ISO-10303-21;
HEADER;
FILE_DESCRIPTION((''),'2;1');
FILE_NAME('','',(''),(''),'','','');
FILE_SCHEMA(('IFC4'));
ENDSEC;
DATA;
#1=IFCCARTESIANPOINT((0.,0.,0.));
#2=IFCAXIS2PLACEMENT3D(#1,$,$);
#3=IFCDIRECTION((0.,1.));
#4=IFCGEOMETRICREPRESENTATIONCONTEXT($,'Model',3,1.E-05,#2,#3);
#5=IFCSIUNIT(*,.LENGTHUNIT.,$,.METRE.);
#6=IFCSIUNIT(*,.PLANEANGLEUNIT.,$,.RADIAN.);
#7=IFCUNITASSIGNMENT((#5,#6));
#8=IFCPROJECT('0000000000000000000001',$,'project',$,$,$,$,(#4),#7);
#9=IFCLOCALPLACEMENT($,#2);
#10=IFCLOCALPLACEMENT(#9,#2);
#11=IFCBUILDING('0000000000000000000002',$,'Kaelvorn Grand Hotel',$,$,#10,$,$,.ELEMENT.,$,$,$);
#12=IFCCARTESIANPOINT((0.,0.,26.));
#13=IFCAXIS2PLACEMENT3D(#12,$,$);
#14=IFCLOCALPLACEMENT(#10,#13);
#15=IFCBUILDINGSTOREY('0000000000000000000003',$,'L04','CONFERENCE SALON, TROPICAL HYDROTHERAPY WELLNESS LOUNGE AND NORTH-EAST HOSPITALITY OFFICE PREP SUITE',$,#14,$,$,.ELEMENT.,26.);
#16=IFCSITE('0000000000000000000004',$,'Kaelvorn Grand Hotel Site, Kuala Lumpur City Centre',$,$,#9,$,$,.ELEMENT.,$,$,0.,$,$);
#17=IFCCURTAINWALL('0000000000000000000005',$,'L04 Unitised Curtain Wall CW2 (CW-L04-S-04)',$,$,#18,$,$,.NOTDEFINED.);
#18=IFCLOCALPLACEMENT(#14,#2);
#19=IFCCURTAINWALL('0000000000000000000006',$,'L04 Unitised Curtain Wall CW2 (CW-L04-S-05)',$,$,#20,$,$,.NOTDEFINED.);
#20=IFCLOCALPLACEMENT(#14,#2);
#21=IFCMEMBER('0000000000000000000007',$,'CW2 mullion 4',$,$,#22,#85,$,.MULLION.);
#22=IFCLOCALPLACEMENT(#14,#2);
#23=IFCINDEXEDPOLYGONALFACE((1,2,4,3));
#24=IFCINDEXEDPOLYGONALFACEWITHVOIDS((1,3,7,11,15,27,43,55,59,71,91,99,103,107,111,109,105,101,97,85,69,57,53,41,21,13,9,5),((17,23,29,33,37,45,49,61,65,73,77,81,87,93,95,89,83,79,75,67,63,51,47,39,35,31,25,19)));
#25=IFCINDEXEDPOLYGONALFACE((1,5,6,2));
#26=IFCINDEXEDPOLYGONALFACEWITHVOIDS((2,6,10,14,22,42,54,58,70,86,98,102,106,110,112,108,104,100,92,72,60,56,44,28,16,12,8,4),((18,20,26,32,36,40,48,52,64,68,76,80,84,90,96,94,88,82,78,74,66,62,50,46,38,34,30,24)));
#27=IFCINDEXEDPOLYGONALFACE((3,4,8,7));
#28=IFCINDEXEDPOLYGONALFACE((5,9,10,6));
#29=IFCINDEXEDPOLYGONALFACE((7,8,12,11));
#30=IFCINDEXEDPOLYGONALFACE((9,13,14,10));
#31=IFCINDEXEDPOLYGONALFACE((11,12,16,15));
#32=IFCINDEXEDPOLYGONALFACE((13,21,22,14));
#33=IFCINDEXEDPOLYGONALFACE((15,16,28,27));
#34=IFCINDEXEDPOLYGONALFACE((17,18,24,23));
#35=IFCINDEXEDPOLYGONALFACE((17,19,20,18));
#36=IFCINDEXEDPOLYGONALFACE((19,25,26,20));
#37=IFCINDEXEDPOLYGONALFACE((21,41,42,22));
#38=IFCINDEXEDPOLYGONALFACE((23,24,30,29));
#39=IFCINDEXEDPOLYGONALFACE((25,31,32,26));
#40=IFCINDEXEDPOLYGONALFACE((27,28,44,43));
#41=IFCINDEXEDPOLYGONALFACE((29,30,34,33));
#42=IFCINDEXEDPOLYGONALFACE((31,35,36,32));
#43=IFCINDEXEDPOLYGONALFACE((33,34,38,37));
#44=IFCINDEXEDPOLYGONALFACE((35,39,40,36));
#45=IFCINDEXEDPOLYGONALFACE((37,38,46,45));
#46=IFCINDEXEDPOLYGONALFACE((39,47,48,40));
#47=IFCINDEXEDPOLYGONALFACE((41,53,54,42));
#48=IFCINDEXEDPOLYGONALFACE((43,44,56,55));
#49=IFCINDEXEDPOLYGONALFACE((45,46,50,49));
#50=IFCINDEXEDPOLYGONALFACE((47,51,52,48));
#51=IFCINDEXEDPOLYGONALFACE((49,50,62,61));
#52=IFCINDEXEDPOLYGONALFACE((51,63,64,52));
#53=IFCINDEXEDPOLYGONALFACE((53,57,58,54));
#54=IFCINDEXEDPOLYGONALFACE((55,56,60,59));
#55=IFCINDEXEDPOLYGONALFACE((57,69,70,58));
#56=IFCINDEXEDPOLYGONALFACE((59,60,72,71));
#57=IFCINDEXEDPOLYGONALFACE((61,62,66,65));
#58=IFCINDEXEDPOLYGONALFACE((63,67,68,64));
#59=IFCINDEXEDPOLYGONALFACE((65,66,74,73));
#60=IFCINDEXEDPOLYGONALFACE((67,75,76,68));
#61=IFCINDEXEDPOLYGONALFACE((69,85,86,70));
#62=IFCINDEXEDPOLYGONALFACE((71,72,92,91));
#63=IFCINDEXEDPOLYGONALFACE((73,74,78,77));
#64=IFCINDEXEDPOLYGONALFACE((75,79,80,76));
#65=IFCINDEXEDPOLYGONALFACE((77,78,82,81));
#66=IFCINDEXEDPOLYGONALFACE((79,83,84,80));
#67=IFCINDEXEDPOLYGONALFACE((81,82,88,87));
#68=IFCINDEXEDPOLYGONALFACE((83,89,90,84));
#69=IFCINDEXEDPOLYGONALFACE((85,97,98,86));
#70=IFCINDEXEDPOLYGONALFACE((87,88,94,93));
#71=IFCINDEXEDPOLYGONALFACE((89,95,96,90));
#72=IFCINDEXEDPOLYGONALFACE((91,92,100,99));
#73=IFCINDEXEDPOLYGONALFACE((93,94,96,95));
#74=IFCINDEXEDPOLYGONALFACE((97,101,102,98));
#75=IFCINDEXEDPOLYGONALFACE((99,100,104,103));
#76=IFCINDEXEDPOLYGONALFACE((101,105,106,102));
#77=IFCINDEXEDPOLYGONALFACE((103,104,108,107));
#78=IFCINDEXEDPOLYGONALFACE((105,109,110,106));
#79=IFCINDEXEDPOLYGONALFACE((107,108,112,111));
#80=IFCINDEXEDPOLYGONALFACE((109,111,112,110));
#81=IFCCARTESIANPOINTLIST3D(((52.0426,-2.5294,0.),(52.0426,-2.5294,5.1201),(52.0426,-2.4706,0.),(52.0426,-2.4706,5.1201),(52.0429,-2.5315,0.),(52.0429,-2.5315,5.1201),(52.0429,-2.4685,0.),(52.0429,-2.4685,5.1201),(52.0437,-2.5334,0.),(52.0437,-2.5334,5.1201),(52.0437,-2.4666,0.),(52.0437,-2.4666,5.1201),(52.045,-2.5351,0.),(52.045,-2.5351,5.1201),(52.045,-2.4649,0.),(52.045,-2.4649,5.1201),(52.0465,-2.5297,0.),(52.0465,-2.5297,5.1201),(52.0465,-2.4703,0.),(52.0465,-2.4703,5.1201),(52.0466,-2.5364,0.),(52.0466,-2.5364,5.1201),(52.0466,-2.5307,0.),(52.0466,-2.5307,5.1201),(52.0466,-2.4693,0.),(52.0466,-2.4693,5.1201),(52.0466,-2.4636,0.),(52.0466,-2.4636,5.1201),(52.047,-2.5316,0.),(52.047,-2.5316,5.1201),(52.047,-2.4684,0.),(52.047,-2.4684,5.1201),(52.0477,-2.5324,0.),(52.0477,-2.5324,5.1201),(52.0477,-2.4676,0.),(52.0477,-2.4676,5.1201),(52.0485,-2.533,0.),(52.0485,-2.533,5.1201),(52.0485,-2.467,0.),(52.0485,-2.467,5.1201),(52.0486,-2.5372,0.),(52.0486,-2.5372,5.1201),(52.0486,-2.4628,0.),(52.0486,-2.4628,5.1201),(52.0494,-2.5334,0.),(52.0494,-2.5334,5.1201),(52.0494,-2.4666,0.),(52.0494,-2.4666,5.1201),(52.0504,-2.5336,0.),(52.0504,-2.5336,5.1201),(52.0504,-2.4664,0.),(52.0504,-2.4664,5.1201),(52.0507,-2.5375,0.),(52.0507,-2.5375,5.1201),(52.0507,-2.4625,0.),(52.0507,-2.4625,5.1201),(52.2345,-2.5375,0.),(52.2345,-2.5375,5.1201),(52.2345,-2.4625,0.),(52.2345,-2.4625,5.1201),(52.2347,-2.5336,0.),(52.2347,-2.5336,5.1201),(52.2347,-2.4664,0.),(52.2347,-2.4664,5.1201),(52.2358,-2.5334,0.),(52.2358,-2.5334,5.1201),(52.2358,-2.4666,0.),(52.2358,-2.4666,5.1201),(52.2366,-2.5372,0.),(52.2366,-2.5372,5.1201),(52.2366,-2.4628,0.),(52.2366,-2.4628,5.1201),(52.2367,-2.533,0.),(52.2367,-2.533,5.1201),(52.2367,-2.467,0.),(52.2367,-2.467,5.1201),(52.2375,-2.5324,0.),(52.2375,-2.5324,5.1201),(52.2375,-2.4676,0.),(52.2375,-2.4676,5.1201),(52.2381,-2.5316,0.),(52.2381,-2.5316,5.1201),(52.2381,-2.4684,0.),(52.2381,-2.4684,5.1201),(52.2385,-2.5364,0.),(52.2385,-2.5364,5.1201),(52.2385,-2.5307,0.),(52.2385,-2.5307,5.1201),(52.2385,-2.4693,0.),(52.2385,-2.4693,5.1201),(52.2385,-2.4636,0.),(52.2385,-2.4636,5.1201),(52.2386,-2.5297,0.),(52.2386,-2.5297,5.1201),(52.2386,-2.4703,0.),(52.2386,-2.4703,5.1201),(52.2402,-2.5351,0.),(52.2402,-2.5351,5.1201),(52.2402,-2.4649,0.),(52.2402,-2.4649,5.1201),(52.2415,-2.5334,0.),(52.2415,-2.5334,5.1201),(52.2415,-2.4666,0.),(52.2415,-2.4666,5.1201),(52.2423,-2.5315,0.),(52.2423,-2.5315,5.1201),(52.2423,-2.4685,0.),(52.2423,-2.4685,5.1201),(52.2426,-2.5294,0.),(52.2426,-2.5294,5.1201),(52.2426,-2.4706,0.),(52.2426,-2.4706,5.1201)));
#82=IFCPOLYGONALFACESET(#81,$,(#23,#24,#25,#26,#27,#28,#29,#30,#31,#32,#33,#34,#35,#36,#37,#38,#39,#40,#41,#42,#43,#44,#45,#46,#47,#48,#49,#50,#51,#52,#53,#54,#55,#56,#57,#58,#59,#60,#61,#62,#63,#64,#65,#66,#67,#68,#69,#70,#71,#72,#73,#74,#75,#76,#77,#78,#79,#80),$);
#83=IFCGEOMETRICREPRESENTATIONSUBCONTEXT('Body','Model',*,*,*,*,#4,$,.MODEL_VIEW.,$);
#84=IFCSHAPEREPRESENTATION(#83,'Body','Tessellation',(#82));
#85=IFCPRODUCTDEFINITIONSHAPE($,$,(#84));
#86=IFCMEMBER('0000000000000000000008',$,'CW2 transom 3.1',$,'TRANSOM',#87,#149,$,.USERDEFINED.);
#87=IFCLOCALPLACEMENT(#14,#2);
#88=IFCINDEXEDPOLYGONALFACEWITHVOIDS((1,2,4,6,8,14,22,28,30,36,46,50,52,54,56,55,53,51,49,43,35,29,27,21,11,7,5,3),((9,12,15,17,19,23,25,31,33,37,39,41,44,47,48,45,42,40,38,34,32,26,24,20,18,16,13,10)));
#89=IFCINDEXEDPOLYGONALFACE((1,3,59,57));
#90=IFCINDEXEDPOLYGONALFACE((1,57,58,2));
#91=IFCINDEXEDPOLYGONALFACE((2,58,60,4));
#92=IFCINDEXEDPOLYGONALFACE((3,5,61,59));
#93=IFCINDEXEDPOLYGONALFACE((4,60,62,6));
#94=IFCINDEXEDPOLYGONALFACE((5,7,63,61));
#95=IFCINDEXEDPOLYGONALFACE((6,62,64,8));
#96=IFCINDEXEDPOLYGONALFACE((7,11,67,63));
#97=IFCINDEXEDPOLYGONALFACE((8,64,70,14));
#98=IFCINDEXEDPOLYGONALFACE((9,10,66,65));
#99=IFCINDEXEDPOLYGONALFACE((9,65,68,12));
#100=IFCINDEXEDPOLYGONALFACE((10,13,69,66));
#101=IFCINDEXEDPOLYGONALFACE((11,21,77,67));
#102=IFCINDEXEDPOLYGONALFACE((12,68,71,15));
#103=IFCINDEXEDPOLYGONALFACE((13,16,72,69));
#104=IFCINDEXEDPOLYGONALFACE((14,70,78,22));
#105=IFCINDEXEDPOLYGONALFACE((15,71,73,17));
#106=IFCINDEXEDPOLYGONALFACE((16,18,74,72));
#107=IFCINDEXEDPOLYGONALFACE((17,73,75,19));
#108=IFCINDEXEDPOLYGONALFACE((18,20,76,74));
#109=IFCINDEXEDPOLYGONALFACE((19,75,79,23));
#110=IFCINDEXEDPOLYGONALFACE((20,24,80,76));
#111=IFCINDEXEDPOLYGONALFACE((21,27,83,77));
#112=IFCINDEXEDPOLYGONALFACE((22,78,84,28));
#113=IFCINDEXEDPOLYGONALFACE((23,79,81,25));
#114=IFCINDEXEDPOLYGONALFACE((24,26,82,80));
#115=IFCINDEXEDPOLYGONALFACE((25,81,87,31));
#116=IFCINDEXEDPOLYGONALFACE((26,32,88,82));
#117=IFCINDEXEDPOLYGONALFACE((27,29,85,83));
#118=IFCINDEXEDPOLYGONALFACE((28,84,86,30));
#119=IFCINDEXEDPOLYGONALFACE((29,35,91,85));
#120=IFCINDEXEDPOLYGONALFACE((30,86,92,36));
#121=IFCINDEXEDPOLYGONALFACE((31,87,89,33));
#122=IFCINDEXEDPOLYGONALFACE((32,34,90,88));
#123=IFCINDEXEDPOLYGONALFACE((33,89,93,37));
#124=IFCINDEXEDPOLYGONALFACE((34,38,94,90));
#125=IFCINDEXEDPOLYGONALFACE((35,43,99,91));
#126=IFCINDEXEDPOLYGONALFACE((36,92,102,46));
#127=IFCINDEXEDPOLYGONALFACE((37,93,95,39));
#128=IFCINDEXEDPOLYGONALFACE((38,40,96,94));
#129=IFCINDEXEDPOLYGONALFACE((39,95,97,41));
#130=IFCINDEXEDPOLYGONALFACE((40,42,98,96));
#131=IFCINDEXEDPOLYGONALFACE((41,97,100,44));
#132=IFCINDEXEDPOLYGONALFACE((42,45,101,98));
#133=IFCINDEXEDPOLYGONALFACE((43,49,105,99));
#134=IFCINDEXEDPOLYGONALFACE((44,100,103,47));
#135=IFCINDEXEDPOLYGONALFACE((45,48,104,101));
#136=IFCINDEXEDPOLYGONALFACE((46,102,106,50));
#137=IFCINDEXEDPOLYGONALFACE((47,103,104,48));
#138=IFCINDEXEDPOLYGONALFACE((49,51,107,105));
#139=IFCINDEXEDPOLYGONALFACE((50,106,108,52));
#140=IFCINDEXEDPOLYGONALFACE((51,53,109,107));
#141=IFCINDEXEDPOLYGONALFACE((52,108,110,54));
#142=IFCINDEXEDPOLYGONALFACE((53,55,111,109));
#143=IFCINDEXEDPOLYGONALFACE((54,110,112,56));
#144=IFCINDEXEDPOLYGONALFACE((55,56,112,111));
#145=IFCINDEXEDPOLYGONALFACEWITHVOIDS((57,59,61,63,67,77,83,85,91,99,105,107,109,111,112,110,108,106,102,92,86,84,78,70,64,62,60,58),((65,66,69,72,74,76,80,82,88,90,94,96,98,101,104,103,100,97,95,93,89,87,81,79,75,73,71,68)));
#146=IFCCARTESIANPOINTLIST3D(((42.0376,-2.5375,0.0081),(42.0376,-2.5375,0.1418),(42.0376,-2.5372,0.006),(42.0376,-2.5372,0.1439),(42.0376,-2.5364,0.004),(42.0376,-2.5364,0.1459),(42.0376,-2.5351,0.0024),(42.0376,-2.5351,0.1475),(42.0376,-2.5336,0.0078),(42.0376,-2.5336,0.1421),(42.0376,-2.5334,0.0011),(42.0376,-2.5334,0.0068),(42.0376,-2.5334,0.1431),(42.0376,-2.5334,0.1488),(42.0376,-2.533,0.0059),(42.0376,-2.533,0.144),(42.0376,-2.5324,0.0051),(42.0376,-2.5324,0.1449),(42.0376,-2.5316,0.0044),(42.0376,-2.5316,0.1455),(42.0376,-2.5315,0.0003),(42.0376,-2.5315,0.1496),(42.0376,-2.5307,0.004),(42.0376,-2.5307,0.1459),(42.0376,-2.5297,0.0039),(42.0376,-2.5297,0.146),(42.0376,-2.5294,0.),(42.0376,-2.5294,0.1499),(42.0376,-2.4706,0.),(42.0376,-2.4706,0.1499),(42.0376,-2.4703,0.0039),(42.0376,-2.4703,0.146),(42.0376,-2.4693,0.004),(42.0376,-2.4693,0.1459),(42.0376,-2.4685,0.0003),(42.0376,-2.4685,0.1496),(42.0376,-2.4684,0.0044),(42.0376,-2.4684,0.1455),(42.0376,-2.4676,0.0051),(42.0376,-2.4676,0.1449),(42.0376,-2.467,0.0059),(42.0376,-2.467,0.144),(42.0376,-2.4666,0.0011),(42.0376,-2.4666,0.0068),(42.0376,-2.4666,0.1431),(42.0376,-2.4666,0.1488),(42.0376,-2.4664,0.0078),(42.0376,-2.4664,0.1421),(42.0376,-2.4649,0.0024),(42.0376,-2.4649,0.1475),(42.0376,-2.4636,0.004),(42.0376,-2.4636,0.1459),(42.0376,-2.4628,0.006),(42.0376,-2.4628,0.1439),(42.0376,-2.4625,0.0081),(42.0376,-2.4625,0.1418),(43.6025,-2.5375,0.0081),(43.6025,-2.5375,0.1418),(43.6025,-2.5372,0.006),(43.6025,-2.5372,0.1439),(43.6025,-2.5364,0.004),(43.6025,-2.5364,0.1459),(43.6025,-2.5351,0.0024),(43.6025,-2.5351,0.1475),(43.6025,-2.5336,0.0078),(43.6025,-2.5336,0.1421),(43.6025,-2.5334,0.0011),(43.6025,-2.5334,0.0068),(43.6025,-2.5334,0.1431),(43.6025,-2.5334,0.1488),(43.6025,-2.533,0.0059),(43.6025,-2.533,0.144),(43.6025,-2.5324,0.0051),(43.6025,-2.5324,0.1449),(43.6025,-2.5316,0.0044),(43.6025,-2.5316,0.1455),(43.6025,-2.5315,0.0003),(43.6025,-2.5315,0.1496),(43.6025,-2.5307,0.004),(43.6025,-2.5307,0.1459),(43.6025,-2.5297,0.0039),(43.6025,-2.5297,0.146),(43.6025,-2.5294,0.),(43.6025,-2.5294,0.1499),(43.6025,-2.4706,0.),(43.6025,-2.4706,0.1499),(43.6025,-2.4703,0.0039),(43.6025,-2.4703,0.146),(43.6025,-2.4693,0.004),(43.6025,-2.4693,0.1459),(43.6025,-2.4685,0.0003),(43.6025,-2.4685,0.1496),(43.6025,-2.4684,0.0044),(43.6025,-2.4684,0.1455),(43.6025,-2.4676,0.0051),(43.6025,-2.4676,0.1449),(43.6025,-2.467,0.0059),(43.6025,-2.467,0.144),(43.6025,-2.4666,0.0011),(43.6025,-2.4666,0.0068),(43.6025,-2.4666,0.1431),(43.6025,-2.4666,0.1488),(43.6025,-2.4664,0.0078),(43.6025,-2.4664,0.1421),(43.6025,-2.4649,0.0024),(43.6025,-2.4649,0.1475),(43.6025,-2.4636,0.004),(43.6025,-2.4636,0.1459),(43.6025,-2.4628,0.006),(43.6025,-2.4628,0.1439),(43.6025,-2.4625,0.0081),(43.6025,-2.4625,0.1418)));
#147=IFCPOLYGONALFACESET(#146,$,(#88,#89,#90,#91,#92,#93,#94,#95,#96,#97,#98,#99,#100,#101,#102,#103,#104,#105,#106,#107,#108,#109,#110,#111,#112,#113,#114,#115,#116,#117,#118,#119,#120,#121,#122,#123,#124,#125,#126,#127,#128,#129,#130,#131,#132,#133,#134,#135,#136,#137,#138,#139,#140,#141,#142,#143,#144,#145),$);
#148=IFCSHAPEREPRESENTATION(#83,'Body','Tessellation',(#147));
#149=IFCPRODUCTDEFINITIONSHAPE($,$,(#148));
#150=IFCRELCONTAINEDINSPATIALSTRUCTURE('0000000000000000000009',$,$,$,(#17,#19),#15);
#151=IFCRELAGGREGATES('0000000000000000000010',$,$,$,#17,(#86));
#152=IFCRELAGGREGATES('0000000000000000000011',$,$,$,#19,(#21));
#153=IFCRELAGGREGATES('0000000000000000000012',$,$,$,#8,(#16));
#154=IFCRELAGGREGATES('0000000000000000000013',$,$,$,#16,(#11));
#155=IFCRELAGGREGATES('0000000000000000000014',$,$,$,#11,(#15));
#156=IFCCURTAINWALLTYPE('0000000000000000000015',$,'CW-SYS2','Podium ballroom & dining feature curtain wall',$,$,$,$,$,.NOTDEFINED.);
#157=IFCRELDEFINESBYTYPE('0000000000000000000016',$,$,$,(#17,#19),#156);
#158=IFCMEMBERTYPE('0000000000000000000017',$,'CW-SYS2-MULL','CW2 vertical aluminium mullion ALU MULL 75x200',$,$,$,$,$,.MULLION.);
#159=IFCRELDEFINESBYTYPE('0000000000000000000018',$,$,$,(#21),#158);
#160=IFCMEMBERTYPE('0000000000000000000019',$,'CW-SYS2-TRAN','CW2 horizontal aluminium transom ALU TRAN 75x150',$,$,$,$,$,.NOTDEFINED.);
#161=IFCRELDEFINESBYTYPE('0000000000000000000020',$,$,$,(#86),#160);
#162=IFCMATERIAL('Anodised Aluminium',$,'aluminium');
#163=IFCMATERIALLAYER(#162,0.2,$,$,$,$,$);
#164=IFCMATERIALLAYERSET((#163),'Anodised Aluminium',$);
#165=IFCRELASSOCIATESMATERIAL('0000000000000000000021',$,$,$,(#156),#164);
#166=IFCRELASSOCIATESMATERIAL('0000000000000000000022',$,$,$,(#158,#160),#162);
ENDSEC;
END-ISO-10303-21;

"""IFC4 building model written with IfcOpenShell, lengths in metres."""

from ifc_helpers import new_model, si_unit, direction, frame, origin, origin_2d, place, context, subcontext, project, spatial, hollow_rectangle, extrude, material, layer, layer_set, material_profile, profile_set, type_object, element, aggregate, save


model = new_model("IFC4")

# Units and contexts
model_context = context("Model", 3, precision=1e-05, world=origin(), true_north=direction((0.0, 1.0)))
body_context = subcontext(model_context, "Body", "Model", "MODEL_VIEW")
ifc_project = project(units=[si_unit("LENGTHUNIT", "METRE"), si_unit("PLANEANGLEUNIT", "RADIAN")], contexts=[model_context])

# Site, building, storey
site_placement = place(None, origin())
site = spatial("IfcSite", under=ifc_project, at=site_placement, Name="Kaelvorn Grand Hotel Site, Kuala Lumpur City Centre", CompositionType="ELEMENT", RefElevation=0.0)
building_placement = place(site_placement, origin())
building = spatial("IfcBuilding", under=site, at=building_placement, Name="Kaelvorn Grand Hotel", CompositionType="ELEMENT")
storey_placement = place(building_placement, frame((0.0, 0.0, 26.0)))
storey = spatial("IfcBuildingStorey", under=building, at=storey_placement, Name="L04", Description="CONFERENCE SALON, TROPICAL HYDROTHERAPY WELLNESS LOUNGE AND NORTH-EAST HOSPITALITY OFFICE PREP SUITE", CompositionType="ELEMENT", Elevation=26.0)

# Curtain walls, member
ifc_material_1 = material(Name="Anodised Aluminium", Category="aluminium")
ifc_layer_1 = layer(ifc_material_1, 0.2)
ifc_layer_set_1 = layer_set([ifc_layer_1], Name="Anodised Aluminium")
curtain_wall_type = type_object("IfcCurtainWallType", Name="CW-SYS2", Description="Podium ballroom & dining feature curtain wall", PredefinedType="NOTDEFINED", material=ifc_layer_set_1)
curtain_wall_1_placement = place(storey_placement, origin())
curtain_wall_1 = element("IfcCurtainWall", 1, at=curtain_wall_1_placement, inside=storey, type_object=curtain_wall_type, Name="L04 Unitised Curtain Wall CW2 (CW-L04-S-04)", PredefinedType="NOTDEFINED")
ifc_material_profile_1 = material_profile(ifc_material_1, hollow_rectangle(XDim=0.075, YDim=0.2, WallThickness=0.0039, InnerFilletRadius=0.0039, OuterFilletRadius=0.0081, at=origin_2d()), Name="ALU MULL 75x200")
ifc_profile_set_1 = profile_set([ifc_material_profile_1], Name="Anodised Aluminium")
member_type_1 = type_object("IfcMemberType", Name="CW-SYS2-MULL", Description="CW2 vertical aluminium mullion ALU MULL 75x200", PredefinedType="MULLION", material=ifc_profile_set_1)
curtain_wall_2_placement = place(storey_placement, origin())
curtain_wall_2 = element("IfcCurtainWall", 2, at=curtain_wall_2_placement, inside=storey, type_object=curtain_wall_type, Name="L04 Unitised Curtain Wall CW2 (CW-L04-S-05)", PredefinedType="NOTDEFINED")
member_1_placement = place(storey_placement, frame((52.1426, -2.5, 0.0), z_axis=(0.0, 0.0, 1.0), x_axis=(0.0, 1.0, 0.0)))
member_1 = element("IfcMember", 3, at=member_1_placement, type_object=member_type_1, Name="CW2 mullion 4", PredefinedType="MULLION", context=body_context, shape_type="SweptSolid", body=[
    extrude(hollow_rectangle(XDim=0.075, YDim=0.2, WallThickness=0.0039, InnerFilletRadius=0.0039, OuterFilletRadius=0.0081, at=origin_2d()), origin(), (0.0, 0.0, 1.0), 5.1201),
])

# Member
ifc_material_profile_2 = material_profile(ifc_material_1, hollow_rectangle(XDim=0.075, YDim=0.1499, WallThickness=0.0039, InnerFilletRadius=0.0039, OuterFilletRadius=0.0081, at=origin_2d()), Name="ALU TRAN 75x150")
ifc_profile_set_2 = profile_set([ifc_material_profile_2], Name="Anodised Aluminium")
member_type_2 = type_object("IfcMemberType", Name="CW-SYS2-TRAN", Description="CW2 horizontal aluminium transom ALU TRAN 75x150", PredefinedType="NOTDEFINED", material=ifc_profile_set_2)
member_2_placement = place(storey_placement, frame((42.0376, -2.5, 0.075), z_axis=(1.0, 0.0, 0.0), x_axis=(0.0, 1.0, 0.0)))
member_2 = element("IfcMember", 4, at=member_2_placement, type_object=member_type_2, Name="CW2 transom 3.1", ObjectType="TRANSOM", PredefinedType="USERDEFINED", context=body_context, shape_type="SweptSolid", body=[
    extrude(hollow_rectangle(XDim=0.075, YDim=0.1499, WallThickness=0.0039, InnerFilletRadius=0.0039, OuterFilletRadius=0.0081, at=origin_2d()), origin(), (0.0, 0.0, 1.0), 1.5649),
])

aggregate(curtain_wall_1, [member_2])
aggregate(curtain_wall_2, [member_1])

save(model, "model.ifc")
